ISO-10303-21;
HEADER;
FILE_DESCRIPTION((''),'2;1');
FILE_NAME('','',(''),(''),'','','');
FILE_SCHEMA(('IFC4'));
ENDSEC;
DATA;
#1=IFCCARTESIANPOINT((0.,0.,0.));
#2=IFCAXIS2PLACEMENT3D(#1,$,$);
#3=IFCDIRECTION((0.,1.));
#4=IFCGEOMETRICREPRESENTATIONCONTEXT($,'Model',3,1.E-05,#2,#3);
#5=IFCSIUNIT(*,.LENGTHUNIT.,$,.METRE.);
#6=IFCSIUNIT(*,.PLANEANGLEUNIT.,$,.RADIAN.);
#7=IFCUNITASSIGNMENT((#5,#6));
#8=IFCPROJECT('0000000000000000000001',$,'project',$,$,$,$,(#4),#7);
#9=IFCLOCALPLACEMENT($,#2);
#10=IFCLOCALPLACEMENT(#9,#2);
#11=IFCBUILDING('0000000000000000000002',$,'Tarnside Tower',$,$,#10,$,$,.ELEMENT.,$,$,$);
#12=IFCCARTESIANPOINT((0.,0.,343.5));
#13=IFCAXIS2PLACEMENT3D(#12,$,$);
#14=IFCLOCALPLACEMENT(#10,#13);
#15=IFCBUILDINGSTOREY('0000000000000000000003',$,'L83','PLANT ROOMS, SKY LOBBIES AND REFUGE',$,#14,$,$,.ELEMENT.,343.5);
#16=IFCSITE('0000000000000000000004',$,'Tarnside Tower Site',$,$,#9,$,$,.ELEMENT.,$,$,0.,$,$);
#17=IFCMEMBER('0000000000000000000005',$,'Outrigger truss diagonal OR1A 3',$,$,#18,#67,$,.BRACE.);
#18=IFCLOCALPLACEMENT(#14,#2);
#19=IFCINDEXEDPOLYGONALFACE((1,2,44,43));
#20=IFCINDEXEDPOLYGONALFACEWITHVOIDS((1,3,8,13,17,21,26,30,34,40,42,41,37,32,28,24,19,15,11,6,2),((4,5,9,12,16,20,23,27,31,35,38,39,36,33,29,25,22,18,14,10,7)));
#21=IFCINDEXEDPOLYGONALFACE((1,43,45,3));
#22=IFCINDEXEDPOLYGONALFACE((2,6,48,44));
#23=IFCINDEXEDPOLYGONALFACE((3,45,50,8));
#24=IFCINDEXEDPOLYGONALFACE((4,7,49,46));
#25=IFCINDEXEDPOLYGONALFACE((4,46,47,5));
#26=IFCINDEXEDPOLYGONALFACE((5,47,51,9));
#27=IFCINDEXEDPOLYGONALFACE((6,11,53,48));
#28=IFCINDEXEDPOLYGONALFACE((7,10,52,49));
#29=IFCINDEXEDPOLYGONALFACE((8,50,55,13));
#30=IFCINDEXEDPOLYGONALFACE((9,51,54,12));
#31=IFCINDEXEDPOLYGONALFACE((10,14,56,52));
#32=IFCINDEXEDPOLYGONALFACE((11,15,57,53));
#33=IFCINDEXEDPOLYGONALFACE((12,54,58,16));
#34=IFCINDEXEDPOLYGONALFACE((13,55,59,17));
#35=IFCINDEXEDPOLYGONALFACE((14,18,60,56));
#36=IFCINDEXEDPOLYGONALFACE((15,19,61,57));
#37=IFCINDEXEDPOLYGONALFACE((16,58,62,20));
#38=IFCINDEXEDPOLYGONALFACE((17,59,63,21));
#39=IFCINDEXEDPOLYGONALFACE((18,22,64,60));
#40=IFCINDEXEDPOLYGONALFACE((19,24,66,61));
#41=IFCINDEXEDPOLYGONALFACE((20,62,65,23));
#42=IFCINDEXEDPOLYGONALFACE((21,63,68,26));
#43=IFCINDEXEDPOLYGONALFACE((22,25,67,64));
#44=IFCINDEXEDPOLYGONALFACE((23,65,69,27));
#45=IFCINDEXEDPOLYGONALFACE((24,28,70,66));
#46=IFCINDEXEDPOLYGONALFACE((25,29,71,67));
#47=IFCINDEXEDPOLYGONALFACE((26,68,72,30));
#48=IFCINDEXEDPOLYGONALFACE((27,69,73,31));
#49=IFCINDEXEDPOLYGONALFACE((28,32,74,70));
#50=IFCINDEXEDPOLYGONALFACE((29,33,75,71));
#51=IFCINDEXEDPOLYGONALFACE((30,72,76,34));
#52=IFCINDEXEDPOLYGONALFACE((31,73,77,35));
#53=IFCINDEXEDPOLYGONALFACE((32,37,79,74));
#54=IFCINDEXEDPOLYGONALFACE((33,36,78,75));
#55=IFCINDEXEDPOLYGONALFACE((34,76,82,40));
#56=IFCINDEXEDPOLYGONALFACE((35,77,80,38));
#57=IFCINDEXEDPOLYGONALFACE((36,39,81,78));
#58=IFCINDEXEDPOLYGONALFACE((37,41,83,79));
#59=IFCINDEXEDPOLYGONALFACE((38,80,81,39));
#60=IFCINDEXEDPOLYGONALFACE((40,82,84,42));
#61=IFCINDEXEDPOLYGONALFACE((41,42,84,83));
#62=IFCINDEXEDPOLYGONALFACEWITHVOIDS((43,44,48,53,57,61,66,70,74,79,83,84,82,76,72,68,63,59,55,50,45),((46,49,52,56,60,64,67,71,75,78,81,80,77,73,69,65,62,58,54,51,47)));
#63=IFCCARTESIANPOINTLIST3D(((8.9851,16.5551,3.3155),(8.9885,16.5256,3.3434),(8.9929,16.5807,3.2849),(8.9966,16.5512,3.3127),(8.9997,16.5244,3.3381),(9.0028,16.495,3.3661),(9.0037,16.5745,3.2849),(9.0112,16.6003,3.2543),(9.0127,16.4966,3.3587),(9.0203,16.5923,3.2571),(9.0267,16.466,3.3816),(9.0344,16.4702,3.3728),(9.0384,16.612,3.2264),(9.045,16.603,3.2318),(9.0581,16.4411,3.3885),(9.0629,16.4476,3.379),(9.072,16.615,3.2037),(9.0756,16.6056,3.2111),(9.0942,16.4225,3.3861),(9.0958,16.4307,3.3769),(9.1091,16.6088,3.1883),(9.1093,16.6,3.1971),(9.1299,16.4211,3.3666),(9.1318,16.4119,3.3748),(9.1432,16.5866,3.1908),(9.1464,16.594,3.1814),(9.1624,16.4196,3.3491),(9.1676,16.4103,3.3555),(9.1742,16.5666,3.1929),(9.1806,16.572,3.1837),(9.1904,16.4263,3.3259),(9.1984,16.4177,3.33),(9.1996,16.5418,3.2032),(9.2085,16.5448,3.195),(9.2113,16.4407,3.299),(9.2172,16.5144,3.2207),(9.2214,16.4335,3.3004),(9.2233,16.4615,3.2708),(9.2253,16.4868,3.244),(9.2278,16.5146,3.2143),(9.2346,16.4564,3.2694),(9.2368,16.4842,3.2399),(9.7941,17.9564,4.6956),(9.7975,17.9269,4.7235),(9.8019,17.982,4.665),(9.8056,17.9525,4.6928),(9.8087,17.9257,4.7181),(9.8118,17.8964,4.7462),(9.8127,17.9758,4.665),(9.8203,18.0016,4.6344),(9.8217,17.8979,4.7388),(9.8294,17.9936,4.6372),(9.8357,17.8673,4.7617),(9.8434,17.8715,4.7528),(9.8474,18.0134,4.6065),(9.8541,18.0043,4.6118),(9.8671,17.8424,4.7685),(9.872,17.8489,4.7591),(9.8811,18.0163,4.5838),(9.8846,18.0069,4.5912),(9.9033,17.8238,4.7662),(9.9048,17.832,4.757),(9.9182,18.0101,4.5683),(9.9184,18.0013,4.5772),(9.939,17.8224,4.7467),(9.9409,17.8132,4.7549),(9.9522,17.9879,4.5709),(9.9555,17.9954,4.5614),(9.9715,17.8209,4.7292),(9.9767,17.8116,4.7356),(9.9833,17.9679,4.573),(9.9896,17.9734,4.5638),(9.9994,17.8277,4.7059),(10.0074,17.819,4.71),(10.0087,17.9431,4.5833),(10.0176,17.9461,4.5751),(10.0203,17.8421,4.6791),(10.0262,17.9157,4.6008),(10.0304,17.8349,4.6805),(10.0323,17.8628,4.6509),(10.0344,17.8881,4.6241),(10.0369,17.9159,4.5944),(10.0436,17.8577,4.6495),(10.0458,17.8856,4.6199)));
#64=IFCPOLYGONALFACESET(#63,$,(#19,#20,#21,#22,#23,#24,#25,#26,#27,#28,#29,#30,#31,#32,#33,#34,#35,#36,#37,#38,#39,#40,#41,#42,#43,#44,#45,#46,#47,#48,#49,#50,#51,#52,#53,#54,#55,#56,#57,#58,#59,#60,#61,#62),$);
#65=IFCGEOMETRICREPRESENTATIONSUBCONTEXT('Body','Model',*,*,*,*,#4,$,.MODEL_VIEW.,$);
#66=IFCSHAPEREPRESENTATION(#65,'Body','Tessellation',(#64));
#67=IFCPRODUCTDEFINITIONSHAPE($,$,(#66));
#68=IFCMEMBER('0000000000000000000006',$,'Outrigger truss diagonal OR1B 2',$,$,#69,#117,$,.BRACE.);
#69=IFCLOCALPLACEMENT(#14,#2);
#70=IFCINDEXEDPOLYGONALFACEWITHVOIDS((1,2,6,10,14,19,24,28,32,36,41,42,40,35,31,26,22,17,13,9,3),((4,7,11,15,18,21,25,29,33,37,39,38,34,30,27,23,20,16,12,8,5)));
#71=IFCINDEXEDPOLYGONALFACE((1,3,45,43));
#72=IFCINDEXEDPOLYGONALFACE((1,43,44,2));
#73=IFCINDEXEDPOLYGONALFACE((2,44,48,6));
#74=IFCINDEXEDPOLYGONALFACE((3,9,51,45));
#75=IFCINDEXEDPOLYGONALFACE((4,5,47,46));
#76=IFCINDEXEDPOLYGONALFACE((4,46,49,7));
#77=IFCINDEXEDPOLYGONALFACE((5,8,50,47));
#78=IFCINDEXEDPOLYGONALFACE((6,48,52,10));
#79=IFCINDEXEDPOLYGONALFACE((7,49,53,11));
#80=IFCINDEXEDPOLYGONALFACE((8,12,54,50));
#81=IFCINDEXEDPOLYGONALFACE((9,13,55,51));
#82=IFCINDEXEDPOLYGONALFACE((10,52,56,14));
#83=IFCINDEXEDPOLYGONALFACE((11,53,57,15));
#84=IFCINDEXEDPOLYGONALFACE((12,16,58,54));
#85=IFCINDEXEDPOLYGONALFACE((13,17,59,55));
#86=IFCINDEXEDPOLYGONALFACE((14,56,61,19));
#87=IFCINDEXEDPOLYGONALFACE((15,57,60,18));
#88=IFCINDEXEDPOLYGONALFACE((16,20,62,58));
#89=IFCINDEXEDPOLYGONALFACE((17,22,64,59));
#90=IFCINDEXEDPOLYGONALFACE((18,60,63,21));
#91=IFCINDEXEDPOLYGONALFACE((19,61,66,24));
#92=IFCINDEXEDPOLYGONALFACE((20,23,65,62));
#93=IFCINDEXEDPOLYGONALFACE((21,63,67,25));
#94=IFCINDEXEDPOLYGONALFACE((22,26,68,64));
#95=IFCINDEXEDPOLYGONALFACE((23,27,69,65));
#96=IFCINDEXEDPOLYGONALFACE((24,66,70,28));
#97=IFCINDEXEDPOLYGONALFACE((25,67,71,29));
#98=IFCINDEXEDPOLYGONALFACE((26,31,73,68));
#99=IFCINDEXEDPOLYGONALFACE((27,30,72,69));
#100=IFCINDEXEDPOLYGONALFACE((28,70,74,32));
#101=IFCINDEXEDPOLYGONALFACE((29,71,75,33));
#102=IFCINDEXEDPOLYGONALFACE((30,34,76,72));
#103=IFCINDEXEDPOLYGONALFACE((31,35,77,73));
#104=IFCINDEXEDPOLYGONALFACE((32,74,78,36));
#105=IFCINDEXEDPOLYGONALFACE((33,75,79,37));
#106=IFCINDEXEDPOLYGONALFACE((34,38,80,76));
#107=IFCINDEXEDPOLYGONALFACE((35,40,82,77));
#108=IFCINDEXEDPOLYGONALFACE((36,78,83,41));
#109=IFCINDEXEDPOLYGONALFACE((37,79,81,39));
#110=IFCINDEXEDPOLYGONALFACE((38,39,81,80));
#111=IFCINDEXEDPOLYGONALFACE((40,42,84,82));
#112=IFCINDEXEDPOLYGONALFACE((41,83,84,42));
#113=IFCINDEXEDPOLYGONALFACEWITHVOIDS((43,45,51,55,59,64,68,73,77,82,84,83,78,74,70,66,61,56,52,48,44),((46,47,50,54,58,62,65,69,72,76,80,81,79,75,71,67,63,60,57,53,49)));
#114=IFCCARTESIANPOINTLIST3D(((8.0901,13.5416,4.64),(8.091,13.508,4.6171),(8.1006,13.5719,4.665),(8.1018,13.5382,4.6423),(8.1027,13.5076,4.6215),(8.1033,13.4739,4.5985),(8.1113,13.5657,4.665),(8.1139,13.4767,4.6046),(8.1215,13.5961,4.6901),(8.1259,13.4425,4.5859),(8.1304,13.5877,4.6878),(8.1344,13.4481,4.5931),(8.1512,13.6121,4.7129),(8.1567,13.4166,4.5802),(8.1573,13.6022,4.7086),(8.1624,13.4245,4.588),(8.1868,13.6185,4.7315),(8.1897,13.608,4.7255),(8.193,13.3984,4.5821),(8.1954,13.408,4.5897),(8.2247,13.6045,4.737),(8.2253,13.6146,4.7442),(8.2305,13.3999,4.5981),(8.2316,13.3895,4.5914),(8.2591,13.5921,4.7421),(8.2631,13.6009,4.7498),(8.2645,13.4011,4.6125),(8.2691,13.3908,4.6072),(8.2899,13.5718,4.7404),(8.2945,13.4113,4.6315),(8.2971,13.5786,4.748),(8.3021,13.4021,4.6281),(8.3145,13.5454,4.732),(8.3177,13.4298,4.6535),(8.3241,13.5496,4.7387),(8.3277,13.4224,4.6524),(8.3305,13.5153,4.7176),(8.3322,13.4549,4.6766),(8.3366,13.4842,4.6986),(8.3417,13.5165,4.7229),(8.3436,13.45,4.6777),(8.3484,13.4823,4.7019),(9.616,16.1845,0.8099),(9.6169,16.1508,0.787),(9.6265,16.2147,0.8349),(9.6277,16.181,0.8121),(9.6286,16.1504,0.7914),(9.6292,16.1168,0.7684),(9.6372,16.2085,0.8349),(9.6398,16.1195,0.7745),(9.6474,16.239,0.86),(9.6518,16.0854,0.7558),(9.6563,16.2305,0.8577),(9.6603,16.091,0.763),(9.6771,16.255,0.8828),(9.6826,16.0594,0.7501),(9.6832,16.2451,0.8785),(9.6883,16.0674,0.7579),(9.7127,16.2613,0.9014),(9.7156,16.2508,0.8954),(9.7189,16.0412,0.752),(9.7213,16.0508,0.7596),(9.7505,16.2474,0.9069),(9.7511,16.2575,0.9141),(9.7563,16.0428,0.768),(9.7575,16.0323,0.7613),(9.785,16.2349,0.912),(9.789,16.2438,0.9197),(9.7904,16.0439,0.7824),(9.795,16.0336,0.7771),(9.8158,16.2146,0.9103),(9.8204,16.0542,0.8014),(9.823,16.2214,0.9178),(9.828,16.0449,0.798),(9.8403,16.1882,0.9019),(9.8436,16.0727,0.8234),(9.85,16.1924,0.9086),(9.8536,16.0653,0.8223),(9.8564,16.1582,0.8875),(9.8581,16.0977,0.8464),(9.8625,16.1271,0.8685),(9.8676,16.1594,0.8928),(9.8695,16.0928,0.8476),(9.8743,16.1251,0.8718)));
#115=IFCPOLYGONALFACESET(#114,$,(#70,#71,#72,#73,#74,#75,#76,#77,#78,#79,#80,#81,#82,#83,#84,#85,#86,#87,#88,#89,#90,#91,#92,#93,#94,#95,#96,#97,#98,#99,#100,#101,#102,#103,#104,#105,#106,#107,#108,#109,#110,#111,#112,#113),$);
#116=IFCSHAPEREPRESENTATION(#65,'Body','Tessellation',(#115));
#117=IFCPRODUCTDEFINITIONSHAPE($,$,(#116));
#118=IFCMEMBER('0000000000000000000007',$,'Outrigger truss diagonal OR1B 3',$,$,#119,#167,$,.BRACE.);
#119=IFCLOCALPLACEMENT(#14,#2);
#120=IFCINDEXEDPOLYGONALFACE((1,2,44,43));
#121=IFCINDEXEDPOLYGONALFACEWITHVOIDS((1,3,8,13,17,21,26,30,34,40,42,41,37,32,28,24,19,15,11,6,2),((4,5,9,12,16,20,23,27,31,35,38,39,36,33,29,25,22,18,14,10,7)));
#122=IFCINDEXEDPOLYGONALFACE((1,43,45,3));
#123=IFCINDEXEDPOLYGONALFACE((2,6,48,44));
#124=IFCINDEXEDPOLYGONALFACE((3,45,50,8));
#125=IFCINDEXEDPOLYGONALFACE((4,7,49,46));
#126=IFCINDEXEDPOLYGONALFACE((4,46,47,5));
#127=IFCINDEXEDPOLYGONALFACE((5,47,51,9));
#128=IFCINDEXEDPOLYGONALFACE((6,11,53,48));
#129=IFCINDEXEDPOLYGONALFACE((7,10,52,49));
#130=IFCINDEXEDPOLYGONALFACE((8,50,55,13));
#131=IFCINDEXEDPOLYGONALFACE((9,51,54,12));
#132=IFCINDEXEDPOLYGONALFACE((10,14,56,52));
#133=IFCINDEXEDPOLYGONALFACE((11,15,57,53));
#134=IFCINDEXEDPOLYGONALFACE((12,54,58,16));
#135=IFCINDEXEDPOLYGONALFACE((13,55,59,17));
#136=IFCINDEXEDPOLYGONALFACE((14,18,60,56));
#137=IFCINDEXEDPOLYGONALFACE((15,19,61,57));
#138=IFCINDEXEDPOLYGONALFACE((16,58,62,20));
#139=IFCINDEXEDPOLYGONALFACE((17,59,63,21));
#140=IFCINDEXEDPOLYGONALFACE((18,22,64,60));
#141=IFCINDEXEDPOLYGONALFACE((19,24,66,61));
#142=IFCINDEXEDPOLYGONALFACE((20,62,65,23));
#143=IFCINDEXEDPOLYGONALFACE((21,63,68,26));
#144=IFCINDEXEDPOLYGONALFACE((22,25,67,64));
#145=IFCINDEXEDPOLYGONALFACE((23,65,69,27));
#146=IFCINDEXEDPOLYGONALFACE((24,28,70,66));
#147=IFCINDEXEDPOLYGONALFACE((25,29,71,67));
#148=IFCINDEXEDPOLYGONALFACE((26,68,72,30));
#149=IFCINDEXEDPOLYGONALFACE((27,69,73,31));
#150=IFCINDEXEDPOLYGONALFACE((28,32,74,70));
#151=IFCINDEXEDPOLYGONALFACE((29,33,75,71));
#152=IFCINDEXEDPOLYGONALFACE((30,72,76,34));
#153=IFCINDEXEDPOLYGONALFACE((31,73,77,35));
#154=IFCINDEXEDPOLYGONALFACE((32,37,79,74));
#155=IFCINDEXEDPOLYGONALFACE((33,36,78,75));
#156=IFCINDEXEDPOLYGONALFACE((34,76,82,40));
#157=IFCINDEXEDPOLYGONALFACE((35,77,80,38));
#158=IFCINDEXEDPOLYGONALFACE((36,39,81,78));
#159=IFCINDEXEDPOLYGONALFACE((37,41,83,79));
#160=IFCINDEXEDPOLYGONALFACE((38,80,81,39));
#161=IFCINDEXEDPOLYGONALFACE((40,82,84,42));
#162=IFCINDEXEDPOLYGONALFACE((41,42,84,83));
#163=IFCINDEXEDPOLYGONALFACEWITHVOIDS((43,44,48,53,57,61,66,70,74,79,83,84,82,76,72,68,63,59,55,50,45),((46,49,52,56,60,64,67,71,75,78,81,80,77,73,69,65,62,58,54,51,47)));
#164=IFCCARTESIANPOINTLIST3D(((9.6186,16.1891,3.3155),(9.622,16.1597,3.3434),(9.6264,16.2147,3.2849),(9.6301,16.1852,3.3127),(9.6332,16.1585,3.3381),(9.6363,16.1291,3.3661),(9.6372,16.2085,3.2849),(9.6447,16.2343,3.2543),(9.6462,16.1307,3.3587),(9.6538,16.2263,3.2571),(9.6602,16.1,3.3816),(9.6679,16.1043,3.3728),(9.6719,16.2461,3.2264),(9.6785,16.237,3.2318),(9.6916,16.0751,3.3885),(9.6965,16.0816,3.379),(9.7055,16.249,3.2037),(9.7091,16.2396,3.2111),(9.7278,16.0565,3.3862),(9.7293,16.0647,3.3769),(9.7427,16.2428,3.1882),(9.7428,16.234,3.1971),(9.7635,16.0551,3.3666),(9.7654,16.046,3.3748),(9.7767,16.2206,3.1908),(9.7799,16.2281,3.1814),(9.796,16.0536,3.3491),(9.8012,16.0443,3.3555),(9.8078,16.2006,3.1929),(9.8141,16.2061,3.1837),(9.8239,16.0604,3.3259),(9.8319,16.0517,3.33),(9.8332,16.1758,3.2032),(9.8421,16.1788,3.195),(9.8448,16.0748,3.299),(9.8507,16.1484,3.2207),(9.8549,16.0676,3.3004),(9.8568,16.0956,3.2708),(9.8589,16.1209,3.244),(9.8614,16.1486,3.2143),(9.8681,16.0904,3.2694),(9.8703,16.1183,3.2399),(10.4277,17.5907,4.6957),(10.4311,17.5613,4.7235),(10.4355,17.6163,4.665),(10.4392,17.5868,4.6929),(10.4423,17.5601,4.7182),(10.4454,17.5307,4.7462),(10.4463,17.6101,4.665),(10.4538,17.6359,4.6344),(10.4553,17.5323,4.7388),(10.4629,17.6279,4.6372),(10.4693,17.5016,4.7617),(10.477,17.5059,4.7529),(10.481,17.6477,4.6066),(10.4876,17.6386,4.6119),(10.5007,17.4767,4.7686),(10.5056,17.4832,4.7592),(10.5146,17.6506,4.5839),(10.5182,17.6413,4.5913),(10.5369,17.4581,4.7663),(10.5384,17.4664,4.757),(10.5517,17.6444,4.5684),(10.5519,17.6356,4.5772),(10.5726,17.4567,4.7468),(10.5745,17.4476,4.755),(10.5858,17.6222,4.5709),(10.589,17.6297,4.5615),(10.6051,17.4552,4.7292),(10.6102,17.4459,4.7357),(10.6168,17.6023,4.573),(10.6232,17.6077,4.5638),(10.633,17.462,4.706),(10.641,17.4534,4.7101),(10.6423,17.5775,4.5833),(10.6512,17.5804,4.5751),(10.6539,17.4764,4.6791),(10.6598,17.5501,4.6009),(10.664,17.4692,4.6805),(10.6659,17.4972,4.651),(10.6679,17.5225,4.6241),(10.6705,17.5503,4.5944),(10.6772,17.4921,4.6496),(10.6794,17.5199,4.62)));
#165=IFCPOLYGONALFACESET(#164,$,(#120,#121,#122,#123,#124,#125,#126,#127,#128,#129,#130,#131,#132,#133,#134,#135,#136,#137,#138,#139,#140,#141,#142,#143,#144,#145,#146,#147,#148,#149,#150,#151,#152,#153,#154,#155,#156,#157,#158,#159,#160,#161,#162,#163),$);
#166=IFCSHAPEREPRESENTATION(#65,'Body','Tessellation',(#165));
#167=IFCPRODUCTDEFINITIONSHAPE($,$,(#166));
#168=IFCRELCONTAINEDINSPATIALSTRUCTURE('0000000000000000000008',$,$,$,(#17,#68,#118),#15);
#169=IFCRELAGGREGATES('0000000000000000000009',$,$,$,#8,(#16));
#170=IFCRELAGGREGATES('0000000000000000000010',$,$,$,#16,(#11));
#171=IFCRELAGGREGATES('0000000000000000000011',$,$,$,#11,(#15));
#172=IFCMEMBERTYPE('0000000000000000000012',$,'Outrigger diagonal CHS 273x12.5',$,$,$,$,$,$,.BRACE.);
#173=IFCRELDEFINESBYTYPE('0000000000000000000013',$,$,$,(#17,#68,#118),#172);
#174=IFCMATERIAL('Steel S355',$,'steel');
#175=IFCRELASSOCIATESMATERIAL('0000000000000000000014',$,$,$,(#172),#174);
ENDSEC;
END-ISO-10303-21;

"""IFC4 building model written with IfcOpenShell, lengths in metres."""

from ifc_helpers import new_model, si_unit, direction, frame, origin, origin_2d, place, context, subcontext, project, spatial, hollow_circle, extrude, material, material_profile, profile_set, type_object, element, save


model = new_model("IFC4")

# Units and contexts
model_context = context("Model", 3, precision=1e-05, world=origin(), true_north=direction((0.0, 1.0)))
body_context = subcontext(model_context, "Body", "Model", "MODEL_VIEW")
ifc_project = project(units=[si_unit("LENGTHUNIT", "METRE"), si_unit("PLANEANGLEUNIT", "RADIAN")], contexts=[model_context])

# Site, building, storey
site_placement = place(None, origin())
site = spatial("IfcSite", under=ifc_project, at=site_placement, Name="Tarnside Tower Site", CompositionType="ELEMENT", RefElevation=0.0)
building_placement = place(site_placement, origin())
building = spatial("IfcBuilding", under=site, at=building_placement, Name="Tarnside Tower", CompositionType="ELEMENT")
storey_placement = place(building_placement, frame((0.0, 0.0, 343.5)))
storey = spatial("IfcBuildingStorey", under=building, at=storey_placement, Name="L83", Description="PLANT ROOMS, SKY LOBBIES AND REFUGE", CompositionType="ELEMENT", Elevation=343.5)

# Members
ifc_material = material(Name="Steel S355", Category="steel")
ifc_material_profile_1 = material_profile(ifc_material, hollow_circle(Radius=0.1365, WallThickness=0.0125, at=origin_2d()), Name="CHS 273x12.5")
ifc_profile_set_1 = profile_set([ifc_material_profile_1], Name="Steel S355")
member_type_1 = type_object("IfcMemberType", Name="Outrigger diagonal CHS 273x12.5", PredefinedType="BRACE", material=ifc_profile_set_1)
member_1_placement = place(storey_placement, frame((9.1111, 16.5125, 3.2849), z_axis=(0.380426, 0.658915, 0.648928), x_axis=(-0.866025, 0.500001, 0.0)))
element("IfcMember", 1, at=member_1_placement, inside=storey, type_object=member_type_1, Name="Outrigger truss diagonal OR1A 3", PredefinedType="BRACE", context=body_context, shape_type="SweptSolid", body=[
    extrude(hollow_circle(Radius=0.1365, WallThickness=0.0125, at=origin_2d()), origin(), (0.0, 0.0, 1.0), 2.1267),
])
member_2_placement = place(storey_placement, frame((8.2188, 13.5037, 4.665), z_axis=(0.311584, 0.539663, -0.7821), x_axis=(-0.866019, 0.500011, 0.0)))
element("IfcMember", 2, at=member_2_placement, inside=storey, type_object=member_type_1, Name="Outrigger truss diagonal OR1B 2", PredefinedType="BRACE", context=body_context, shape_type="SweptSolid", body=[
    extrude(hollow_circle(Radius=0.1365, WallThickness=0.0125, at=origin_2d()), origin(), (0.0, 0.0, 1.0), 4.8972),
])
member_3_placement = place(storey_placement, frame((9.7446, 16.1465, 3.2849), z_axis=(0.380397, 0.65898, 0.648879), x_axis=(-0.866062, 0.499936, 0.0)))
element("IfcMember", 3, at=member_3_placement, inside=storey, type_object=member_type_1, Name="Outrigger truss diagonal OR1B 3", PredefinedType="BRACE", context=body_context, shape_type="SweptSolid", body=[
    extrude(hollow_circle(Radius=0.1365, WallThickness=0.0125, at=origin_2d()), origin(), (0.0, 0.0, 1.0), 2.127),
])

save(model, "model.ifc")
